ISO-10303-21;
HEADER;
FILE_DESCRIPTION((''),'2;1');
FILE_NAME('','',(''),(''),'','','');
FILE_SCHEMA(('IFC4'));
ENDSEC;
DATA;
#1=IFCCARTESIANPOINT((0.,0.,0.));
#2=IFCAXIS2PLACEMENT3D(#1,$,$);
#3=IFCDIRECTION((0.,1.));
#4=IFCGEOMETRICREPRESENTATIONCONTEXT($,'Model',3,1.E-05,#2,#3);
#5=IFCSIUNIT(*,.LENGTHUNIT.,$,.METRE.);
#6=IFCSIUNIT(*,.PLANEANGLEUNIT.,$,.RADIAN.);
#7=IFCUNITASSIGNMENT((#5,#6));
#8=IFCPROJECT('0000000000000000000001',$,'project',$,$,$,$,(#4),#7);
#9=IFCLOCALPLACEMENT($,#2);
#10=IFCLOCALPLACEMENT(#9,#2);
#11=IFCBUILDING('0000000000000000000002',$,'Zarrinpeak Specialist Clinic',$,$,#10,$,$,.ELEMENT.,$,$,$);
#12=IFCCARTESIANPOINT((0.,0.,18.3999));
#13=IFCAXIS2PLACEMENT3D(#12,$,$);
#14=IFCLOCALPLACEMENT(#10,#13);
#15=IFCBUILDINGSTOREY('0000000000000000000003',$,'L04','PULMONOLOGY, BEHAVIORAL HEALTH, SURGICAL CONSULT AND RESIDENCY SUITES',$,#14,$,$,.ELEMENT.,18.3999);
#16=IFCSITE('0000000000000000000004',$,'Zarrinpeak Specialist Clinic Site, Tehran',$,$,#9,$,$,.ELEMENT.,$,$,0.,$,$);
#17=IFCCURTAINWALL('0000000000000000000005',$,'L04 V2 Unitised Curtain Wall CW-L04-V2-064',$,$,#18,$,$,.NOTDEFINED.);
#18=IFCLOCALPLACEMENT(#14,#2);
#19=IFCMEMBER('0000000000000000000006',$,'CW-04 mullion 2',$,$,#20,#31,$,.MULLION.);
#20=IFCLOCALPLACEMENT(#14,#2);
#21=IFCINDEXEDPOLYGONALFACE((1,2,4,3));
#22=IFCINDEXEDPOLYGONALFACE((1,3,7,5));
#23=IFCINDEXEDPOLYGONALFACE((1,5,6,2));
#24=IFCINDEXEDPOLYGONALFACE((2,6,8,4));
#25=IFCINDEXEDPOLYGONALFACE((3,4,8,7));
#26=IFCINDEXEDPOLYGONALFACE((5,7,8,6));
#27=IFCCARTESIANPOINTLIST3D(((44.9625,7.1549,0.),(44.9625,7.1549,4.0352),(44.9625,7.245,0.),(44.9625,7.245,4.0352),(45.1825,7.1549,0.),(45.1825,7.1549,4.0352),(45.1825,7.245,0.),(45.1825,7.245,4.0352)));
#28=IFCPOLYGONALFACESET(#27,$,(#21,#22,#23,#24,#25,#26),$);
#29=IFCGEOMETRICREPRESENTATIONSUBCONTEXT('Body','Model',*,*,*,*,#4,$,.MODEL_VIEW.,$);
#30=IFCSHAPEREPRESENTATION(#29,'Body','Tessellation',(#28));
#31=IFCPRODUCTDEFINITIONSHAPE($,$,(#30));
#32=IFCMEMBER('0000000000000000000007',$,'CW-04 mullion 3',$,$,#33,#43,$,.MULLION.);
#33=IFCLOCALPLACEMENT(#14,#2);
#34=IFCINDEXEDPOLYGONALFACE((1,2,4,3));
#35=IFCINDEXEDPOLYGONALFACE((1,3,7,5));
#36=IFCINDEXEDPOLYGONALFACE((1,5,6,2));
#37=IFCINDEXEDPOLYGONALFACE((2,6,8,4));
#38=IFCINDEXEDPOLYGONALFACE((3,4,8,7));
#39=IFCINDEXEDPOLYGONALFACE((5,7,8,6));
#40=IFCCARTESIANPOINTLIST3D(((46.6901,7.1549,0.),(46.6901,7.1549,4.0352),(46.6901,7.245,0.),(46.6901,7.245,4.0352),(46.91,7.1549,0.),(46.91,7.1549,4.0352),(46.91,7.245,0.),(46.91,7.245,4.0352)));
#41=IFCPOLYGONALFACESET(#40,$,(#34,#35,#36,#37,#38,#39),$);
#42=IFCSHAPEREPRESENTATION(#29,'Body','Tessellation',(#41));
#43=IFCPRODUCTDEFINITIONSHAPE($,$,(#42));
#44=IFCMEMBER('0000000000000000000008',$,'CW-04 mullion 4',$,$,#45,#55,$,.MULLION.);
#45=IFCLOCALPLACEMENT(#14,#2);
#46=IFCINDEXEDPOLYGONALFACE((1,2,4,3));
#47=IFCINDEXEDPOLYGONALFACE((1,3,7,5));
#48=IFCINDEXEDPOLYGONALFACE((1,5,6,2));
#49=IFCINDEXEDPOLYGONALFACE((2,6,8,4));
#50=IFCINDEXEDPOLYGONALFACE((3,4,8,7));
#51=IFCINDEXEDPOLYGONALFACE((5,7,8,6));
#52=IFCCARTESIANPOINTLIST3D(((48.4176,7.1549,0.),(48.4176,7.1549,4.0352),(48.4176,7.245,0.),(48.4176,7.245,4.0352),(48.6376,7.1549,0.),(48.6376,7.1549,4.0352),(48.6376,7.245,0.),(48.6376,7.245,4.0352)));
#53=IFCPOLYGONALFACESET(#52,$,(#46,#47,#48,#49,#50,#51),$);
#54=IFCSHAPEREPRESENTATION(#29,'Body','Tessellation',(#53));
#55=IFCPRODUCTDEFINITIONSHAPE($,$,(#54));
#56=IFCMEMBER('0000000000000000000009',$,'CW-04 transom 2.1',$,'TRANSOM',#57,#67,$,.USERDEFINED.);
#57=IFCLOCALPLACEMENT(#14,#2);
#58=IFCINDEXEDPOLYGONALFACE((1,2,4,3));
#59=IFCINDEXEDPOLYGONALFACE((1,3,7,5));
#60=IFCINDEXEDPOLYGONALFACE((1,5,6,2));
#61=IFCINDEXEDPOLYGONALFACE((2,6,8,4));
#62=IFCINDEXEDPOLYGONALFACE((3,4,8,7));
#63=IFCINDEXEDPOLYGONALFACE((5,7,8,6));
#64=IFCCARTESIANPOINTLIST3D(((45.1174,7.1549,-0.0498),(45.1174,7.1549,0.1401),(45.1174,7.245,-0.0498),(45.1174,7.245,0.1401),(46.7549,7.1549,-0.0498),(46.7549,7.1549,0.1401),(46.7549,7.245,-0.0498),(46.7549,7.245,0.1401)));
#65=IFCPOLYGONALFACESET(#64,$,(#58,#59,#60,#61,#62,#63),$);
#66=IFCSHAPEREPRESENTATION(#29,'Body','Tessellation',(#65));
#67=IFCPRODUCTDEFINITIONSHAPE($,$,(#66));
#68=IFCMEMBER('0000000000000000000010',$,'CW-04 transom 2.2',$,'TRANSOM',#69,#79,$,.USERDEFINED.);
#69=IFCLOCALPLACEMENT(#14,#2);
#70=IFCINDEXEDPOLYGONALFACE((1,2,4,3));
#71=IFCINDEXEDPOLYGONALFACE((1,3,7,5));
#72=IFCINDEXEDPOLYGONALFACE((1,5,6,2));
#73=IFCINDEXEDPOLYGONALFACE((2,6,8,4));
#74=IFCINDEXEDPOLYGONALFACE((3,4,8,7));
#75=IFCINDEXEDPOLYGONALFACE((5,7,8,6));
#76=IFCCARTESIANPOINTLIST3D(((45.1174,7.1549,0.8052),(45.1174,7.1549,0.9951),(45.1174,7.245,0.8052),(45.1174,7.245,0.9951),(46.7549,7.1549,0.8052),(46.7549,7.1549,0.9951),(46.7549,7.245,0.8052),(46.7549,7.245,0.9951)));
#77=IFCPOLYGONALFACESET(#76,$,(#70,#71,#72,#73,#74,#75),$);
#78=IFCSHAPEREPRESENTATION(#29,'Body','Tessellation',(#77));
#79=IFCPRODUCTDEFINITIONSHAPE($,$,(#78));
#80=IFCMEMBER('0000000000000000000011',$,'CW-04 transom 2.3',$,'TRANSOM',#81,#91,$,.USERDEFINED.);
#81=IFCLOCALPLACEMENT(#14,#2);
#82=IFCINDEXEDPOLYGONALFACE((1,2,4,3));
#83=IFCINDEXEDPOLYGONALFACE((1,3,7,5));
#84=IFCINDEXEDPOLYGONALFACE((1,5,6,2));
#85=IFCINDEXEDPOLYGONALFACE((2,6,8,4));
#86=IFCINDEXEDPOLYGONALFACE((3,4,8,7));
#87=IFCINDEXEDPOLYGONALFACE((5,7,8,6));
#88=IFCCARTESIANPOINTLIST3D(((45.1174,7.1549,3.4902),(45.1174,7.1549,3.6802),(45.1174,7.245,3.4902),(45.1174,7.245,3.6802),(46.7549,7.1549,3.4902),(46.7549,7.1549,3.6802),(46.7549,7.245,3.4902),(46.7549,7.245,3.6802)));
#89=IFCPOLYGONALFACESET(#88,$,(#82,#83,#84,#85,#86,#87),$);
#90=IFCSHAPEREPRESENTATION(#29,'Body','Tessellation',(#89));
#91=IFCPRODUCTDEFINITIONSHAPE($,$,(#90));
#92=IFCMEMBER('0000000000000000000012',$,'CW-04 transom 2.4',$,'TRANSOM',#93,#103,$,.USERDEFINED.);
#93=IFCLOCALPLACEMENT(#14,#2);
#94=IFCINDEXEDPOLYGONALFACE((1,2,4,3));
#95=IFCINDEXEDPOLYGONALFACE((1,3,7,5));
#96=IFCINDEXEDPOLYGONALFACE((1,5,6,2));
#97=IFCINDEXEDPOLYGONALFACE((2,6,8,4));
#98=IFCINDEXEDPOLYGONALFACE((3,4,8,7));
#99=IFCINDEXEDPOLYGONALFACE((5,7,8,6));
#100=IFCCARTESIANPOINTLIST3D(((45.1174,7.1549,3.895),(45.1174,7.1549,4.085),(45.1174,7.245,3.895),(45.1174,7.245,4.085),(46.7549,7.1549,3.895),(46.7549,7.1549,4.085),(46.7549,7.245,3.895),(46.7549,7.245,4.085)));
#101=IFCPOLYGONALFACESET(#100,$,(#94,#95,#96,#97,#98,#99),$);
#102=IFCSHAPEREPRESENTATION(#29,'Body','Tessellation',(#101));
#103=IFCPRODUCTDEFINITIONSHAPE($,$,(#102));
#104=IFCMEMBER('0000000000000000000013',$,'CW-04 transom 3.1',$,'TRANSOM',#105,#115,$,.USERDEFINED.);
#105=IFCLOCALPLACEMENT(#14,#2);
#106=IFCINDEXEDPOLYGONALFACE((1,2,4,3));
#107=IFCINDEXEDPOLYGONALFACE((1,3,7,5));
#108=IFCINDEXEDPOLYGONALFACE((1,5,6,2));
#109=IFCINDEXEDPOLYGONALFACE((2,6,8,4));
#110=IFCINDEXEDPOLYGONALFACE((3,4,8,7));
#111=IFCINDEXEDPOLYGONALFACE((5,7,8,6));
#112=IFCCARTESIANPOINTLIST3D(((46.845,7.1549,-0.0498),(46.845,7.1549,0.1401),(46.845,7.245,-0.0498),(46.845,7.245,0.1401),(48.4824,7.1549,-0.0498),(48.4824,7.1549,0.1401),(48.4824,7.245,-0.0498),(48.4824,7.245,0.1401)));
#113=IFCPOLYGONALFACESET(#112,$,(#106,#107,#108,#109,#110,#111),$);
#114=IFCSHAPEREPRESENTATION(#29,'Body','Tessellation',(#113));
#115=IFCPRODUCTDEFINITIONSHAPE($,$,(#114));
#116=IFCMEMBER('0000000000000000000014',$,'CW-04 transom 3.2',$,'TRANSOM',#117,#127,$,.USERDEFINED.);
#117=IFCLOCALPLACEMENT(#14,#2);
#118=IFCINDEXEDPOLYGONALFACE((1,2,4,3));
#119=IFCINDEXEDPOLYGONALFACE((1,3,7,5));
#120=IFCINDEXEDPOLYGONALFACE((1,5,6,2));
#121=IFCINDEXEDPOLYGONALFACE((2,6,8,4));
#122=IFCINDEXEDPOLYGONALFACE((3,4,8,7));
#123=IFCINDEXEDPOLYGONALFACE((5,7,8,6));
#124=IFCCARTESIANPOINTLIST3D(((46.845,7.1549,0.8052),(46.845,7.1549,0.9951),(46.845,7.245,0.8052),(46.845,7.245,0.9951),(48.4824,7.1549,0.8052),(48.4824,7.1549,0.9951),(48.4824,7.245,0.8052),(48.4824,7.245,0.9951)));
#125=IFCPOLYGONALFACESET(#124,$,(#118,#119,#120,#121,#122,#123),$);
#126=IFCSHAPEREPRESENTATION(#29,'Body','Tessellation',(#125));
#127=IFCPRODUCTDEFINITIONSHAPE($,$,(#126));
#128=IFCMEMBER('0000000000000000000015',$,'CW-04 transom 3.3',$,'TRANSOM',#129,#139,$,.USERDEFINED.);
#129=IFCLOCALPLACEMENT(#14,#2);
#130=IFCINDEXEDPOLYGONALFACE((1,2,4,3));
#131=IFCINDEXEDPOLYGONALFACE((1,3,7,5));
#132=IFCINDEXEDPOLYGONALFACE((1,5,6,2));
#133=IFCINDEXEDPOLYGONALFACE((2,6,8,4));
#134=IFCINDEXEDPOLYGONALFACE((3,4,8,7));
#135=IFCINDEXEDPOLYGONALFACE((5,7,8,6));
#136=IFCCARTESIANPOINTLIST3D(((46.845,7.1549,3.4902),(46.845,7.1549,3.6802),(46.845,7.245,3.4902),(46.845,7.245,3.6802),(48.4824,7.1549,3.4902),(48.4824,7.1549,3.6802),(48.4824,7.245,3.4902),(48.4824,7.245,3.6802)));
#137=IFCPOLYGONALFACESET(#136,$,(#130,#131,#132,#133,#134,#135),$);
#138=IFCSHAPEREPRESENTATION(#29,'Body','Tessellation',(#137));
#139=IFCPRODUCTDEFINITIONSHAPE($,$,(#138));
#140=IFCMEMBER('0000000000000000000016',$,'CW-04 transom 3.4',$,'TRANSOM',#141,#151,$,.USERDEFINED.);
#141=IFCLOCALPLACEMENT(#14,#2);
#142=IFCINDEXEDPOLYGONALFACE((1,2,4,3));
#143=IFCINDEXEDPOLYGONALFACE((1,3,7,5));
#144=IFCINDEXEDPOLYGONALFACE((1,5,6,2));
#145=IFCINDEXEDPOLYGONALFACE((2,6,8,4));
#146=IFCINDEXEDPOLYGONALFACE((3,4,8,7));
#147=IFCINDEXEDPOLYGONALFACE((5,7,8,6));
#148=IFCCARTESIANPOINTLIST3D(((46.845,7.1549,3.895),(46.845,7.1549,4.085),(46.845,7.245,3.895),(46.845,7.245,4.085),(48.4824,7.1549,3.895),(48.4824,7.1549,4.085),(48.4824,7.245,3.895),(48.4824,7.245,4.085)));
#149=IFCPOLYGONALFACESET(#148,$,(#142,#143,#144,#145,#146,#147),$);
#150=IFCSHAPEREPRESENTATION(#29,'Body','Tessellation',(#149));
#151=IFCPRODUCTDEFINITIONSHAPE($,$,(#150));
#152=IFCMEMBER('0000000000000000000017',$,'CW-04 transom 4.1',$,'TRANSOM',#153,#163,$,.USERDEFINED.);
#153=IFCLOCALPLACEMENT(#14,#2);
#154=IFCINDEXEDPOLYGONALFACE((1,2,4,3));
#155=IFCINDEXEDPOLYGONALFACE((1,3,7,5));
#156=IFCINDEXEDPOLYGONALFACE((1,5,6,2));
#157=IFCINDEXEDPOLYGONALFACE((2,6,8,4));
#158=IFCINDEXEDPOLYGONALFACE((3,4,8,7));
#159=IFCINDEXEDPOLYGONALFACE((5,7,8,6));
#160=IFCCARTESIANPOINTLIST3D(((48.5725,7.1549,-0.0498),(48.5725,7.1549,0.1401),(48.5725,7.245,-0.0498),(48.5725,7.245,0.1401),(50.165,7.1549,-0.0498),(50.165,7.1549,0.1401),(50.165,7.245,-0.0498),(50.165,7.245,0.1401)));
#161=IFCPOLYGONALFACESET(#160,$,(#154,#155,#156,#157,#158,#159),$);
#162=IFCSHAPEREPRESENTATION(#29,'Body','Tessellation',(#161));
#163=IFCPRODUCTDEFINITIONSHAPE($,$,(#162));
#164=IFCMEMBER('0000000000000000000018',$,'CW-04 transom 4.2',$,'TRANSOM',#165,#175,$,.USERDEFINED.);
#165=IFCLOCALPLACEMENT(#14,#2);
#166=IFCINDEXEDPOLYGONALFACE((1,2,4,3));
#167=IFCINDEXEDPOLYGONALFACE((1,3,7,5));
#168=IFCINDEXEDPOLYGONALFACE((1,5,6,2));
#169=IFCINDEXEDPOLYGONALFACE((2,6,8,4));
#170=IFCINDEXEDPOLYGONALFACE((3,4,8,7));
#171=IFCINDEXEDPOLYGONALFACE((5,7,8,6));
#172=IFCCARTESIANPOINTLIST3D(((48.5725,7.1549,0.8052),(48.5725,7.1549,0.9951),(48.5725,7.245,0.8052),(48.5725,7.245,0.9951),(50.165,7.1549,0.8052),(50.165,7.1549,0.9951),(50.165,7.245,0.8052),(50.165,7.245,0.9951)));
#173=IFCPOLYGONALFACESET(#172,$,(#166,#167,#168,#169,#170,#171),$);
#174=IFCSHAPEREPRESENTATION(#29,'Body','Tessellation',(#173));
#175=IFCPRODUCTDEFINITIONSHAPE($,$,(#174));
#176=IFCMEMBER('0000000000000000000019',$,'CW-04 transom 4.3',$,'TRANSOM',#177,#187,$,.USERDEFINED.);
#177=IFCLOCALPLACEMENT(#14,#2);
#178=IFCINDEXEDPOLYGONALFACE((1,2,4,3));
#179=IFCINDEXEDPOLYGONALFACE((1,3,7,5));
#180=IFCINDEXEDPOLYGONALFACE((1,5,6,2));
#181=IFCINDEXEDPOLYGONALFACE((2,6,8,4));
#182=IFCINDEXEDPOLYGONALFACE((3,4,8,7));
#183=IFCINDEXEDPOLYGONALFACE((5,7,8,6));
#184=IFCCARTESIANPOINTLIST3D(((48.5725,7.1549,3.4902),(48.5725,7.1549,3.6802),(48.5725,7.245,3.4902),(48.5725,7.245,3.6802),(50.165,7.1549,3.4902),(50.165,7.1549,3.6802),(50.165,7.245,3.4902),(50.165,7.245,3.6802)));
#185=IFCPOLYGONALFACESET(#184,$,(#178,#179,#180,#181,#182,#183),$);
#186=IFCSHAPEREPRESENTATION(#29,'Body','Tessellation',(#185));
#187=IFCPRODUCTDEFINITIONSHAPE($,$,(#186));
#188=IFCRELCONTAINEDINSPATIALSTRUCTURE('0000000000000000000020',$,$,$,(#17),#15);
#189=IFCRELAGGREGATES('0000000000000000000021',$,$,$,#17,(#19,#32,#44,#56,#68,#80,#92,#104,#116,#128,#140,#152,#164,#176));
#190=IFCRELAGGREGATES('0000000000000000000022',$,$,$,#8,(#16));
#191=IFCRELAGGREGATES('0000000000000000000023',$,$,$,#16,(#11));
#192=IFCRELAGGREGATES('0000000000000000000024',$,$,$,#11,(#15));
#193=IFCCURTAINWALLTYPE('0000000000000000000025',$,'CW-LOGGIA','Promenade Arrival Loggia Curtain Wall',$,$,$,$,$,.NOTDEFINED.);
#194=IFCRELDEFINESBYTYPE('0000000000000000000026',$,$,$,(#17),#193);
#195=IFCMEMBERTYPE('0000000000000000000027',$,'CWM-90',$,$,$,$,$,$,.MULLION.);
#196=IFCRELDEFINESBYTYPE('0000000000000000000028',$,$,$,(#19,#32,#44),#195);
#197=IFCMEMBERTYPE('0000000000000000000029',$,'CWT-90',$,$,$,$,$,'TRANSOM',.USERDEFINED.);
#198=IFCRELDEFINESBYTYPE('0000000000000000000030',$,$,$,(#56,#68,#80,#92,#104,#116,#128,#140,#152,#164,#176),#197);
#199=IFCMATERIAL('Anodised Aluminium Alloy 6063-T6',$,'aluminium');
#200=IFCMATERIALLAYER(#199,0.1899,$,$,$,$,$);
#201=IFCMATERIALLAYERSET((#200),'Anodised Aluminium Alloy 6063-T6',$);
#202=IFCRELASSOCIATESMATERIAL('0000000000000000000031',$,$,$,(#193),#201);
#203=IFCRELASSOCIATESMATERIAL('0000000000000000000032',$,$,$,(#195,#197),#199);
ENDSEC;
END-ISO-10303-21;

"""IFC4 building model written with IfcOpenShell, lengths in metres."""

from ifc_helpers import new_model, si_unit, direction, frame, origin, origin_2d, place, context, subcontext, project, spatial, rectangle, extrude, material, layer, layer_set, material_profile, profile_set, type_object, element, aggregate, save


model = new_model("IFC4")

# Units and contexts
model_context = context("Model", 3, precision=1e-05, world=origin(), true_north=direction((0.0, 1.0)))
body_context = subcontext(model_context, "Body", "Model", "MODEL_VIEW")
ifc_project = project(units=[si_unit("LENGTHUNIT", "METRE"), si_unit("PLANEANGLEUNIT", "RADIAN")], contexts=[model_context])

# Site, building, storey
site_placement = place(None, origin())
site = spatial("IfcSite", under=ifc_project, at=site_placement, Name="Zarrinpeak Specialist Clinic Site, Tehran", CompositionType="ELEMENT", RefElevation=0.0)
building_placement = place(site_placement, origin())
building = spatial("IfcBuilding", under=site, at=building_placement, Name="Zarrinpeak Specialist Clinic", CompositionType="ELEMENT")
storey_placement = place(building_placement, frame((0.0, 0.0, 18.3999)))
storey = spatial("IfcBuildingStorey", under=building, at=storey_placement, Name="L04", Description="PULMONOLOGY, BEHAVIORAL HEALTH, SURGICAL CONSULT AND RESIDENCY SUITES", CompositionType="ELEMENT", Elevation=18.3999)

# Curtain wall, members
ifc_material_1 = material(Name="Anodised Aluminium Alloy 6063-T6", Category="aluminium")
ifc_layer_1 = layer(ifc_material_1, 0.1899)
ifc_layer_set_1 = layer_set([ifc_layer_1], Name="Anodised Aluminium Alloy 6063-T6")
curtain_wall_type = type_object("IfcCurtainWallType", Name="CW-LOGGIA", Description="Promenade Arrival Loggia Curtain Wall", PredefinedType="NOTDEFINED", material=ifc_layer_set_1)
curtain_wall_placement = place(storey_placement, origin())
curtain_wall = element("IfcCurtainWall", 1, at=curtain_wall_placement, inside=storey, type_object=curtain_wall_type, Name="L04 V2 Unitised Curtain Wall CW-L04-V2-064", PredefinedType="NOTDEFINED")
ifc_material_profile_1 = material_profile(ifc_material_1, rectangle(XDim=0.0901, YDim=0.22, at=origin_2d()), Name="ALU 90x220")
ifc_profile_set_1 = profile_set([ifc_material_profile_1], Name="Anodised Aluminium Alloy 6063-T6")
member_type_1 = type_object("IfcMemberType", Name="CWM-90", PredefinedType="MULLION", material=ifc_profile_set_1)
member_1_placement = place(storey_placement, frame((45.0725, 7.2, 0.0), z_axis=(0.0, 0.0, 1.0), x_axis=(0.0, 1.0, 0.0)))
member_1 = element("IfcMember", 2, at=member_1_placement, type_object=member_type_1, Name="CW-04 mullion 2", PredefinedType="MULLION", context=body_context, shape_type="SweptSolid", body=[
    extrude(rectangle(XDim=0.0901, YDim=0.22, at=origin_2d()), origin(), (0.0, 0.0, 1.0), 4.0352),
])
member_2_placement = place(storey_placement, frame((46.8, 7.2, 0.0), z_axis=(0.0, 0.0, 1.0), x_axis=(0.0, 1.0, 0.0)))
member_2 = element("IfcMember", 3, at=member_2_placement, type_object=member_type_1, Name="CW-04 mullion 3", PredefinedType="MULLION", context=body_context, shape_type="SweptSolid", body=[
    extrude(rectangle(XDim=0.0901, YDim=0.22, at=origin_2d()), origin(), (0.0, 0.0, 1.0), 4.0352),
])
member_3_placement = place(storey_placement, frame((48.5276, 7.2, 0.0), z_axis=(0.0, 0.0, 1.0), x_axis=(0.0, 1.0, 0.0)))
member_3 = element("IfcMember", 4, at=member_3_placement, type_object=member_type_1, Name="CW-04 mullion 4", PredefinedType="MULLION", context=body_context, shape_type="SweptSolid", body=[
    extrude(rectangle(XDim=0.0901, YDim=0.22, at=origin_2d()), origin(), (0.0, 0.0, 1.0), 4.0352),
])
ifc_material_profile_2 = material_profile(ifc_material_1, rectangle(XDim=0.0901, YDim=0.1899, at=origin_2d()), Name="ALU 90x190")
ifc_profile_set_2 = profile_set([ifc_material_profile_2], Name="Anodised Aluminium Alloy 6063-T6")
member_type_2 = type_object("IfcMemberType", Name="CWT-90", ElementType="TRANSOM", PredefinedType="USERDEFINED", material=ifc_profile_set_2)
member_4_placement = place(storey_placement, frame((45.1174, 7.2, 0.0452), z_axis=(1.0, 0.0, 0.0), x_axis=(0.0, 1.0, 0.0)))
member_4 = element("IfcMember", 5, at=member_4_placement, type_object=member_type_2, Name="CW-04 transom 2.1", ObjectType="TRANSOM", PredefinedType="USERDEFINED", context=body_context, shape_type="SweptSolid", body=[
    extrude(rectangle(XDim=0.0901, YDim=0.1899, at=origin_2d()), origin(), (0.0, 0.0, 1.0), 1.6375),
])
member_5_placement = place(storey_placement, frame((45.1174, 7.2, 0.9001), z_axis=(1.0, 0.0, 0.0), x_axis=(0.0, 1.0, 0.0)))
member_5 = element("IfcMember", 6, at=member_5_placement, type_object=member_type_2, Name="CW-04 transom 2.2", ObjectType="TRANSOM", PredefinedType="USERDEFINED", context=body_context, shape_type="SweptSolid", body=[
    extrude(rectangle(XDim=0.0901, YDim=0.1899, at=origin_2d()), origin(), (0.0, 0.0, 1.0), 1.6375),
])
member_6_placement = place(storey_placement, frame((45.1174, 7.2, 3.5852), z_axis=(1.0, 0.0, 0.0), x_axis=(0.0, 1.0, 0.0)))
member_6 = element("IfcMember", 7, at=member_6_placement, type_object=member_type_2, Name="CW-04 transom 2.3", ObjectType="TRANSOM", PredefinedType="USERDEFINED", context=body_context, shape_type="SweptSolid", body=[
    extrude(rectangle(XDim=0.0901, YDim=0.1899, at=origin_2d()), origin(), (0.0, 0.0, 1.0), 1.6375),
])
member_7_placement = place(storey_placement, frame((45.1174, 7.2, 3.99), z_axis=(1.0, 0.0, 0.0), x_axis=(0.0, 1.0, 0.0)))
member_7 = element("IfcMember", 8, at=member_7_placement, type_object=member_type_2, Name="CW-04 transom 2.4", ObjectType="TRANSOM", PredefinedType="USERDEFINED", context=body_context, shape_type="SweptSolid", body=[
    extrude(rectangle(XDim=0.0901, YDim=0.1899, at=origin_2d()), origin(), (0.0, 0.0, 1.0), 1.6375),
])
member_8_placement = place(storey_placement, frame((46.845, 7.2, 0.0452), z_axis=(1.0, 0.0, 0.0), x_axis=(0.0, 1.0, 0.0)))
member_8 = element("IfcMember", 9, at=member_8_placement, type_object=member_type_2, Name="CW-04 transom 3.1", ObjectType="TRANSOM", PredefinedType="USERDEFINED", context=body_context, shape_type="SweptSolid", body=[
    extrude(rectangle(XDim=0.0901, YDim=0.1899, at=origin_2d()), origin(), (0.0, 0.0, 1.0), 1.6375),
])
member_9_placement = place(storey_placement, frame((46.845, 7.2, 0.9001), z_axis=(1.0, 0.0, 0.0), x_axis=(0.0, 1.0, 0.0)))
member_9 = element("IfcMember", 10, at=member_9_placement, type_object=member_type_2, Name="CW-04 transom 3.2", ObjectType="TRANSOM", PredefinedType="USERDEFINED", context=body_context, shape_type="SweptSolid", body=[
    extrude(rectangle(XDim=0.0901, YDim=0.1899, at=origin_2d()), origin(), (0.0, 0.0, 1.0), 1.6375),
])
member_10_placement = place(storey_placement, frame((46.845, 7.2, 3.5852), z_axis=(1.0, 0.0, 0.0), x_axis=(0.0, 1.0, 0.0)))
member_10 = element("IfcMember", 11, at=member_10_placement, type_object=member_type_2, Name="CW-04 transom 3.3", ObjectType="TRANSOM", PredefinedType="USERDEFINED", context=body_context, shape_type="SweptSolid", body=[
    extrude(rectangle(XDim=0.0901, YDim=0.1899, at=origin_2d()), origin(), (0.0, 0.0, 1.0), 1.6375),
])
member_11_placement = place(storey_placement, frame((46.845, 7.2, 3.99), z_axis=(1.0, 0.0, 0.0), x_axis=(0.0, 1.0, 0.0)))
member_11 = element("IfcMember", 12, at=member_11_placement, type_object=member_type_2, Name="CW-04 transom 3.4", ObjectType="TRANSOM", PredefinedType="USERDEFINED", context=body_context, shape_type="SweptSolid", body=[
    extrude(rectangle(XDim=0.0901, YDim=0.1899, at=origin_2d()), origin(), (0.0, 0.0, 1.0), 1.6375),
])
member_12_placement = place(storey_placement, frame((48.5725, 7.2, 0.0452), z_axis=(1.0, 0.0, 0.0), x_axis=(0.0, 1.0, 0.0)))
member_12 = element("IfcMember", 13, at=member_12_placement, type_object=member_type_2, Name="CW-04 transom 4.1", ObjectType="TRANSOM", PredefinedType="USERDEFINED", context=body_context, shape_type="SweptSolid", body=[
    extrude(rectangle(XDim=0.0901, YDim=0.1899, at=origin_2d()), origin(), (0.0, 0.0, 1.0), 1.5925),
])
member_13_placement = place(storey_placement, frame((48.5725, 7.2, 0.9001), z_axis=(1.0, 0.0, 0.0), x_axis=(0.0, 1.0, 0.0)))
member_13 = element("IfcMember", 14, at=member_13_placement, type_object=member_type_2, Name="CW-04 transom 4.2", ObjectType="TRANSOM", PredefinedType="USERDEFINED", context=body_context, shape_type="SweptSolid", body=[
    extrude(rectangle(XDim=0.0901, YDim=0.1899, at=origin_2d()), origin(), (0.0, 0.0, 1.0), 1.5925),
])
member_14_placement = place(storey_placement, frame((48.5725, 7.2, 3.5852), z_axis=(1.0, 0.0, 0.0), x_axis=(0.0, 1.0, 0.0)))
member_14 = element("IfcMember", 15, at=member_14_placement, type_object=member_type_2, Name="CW-04 transom 4.3", ObjectType="TRANSOM", PredefinedType="USERDEFINED", context=body_context, shape_type="SweptSolid", body=[
    extrude(rectangle(XDim=0.0901, YDim=0.1899, at=origin_2d()), origin(), (0.0, 0.0, 1.0), 1.5925),
])
aggregate(curtain_wall, [member_1, member_2, member_3, member_4, member_5, member_6, member_7, member_8, member_9, member_10, member_11, member_12, member_13, member_14])

save(model, "model.ifc")
